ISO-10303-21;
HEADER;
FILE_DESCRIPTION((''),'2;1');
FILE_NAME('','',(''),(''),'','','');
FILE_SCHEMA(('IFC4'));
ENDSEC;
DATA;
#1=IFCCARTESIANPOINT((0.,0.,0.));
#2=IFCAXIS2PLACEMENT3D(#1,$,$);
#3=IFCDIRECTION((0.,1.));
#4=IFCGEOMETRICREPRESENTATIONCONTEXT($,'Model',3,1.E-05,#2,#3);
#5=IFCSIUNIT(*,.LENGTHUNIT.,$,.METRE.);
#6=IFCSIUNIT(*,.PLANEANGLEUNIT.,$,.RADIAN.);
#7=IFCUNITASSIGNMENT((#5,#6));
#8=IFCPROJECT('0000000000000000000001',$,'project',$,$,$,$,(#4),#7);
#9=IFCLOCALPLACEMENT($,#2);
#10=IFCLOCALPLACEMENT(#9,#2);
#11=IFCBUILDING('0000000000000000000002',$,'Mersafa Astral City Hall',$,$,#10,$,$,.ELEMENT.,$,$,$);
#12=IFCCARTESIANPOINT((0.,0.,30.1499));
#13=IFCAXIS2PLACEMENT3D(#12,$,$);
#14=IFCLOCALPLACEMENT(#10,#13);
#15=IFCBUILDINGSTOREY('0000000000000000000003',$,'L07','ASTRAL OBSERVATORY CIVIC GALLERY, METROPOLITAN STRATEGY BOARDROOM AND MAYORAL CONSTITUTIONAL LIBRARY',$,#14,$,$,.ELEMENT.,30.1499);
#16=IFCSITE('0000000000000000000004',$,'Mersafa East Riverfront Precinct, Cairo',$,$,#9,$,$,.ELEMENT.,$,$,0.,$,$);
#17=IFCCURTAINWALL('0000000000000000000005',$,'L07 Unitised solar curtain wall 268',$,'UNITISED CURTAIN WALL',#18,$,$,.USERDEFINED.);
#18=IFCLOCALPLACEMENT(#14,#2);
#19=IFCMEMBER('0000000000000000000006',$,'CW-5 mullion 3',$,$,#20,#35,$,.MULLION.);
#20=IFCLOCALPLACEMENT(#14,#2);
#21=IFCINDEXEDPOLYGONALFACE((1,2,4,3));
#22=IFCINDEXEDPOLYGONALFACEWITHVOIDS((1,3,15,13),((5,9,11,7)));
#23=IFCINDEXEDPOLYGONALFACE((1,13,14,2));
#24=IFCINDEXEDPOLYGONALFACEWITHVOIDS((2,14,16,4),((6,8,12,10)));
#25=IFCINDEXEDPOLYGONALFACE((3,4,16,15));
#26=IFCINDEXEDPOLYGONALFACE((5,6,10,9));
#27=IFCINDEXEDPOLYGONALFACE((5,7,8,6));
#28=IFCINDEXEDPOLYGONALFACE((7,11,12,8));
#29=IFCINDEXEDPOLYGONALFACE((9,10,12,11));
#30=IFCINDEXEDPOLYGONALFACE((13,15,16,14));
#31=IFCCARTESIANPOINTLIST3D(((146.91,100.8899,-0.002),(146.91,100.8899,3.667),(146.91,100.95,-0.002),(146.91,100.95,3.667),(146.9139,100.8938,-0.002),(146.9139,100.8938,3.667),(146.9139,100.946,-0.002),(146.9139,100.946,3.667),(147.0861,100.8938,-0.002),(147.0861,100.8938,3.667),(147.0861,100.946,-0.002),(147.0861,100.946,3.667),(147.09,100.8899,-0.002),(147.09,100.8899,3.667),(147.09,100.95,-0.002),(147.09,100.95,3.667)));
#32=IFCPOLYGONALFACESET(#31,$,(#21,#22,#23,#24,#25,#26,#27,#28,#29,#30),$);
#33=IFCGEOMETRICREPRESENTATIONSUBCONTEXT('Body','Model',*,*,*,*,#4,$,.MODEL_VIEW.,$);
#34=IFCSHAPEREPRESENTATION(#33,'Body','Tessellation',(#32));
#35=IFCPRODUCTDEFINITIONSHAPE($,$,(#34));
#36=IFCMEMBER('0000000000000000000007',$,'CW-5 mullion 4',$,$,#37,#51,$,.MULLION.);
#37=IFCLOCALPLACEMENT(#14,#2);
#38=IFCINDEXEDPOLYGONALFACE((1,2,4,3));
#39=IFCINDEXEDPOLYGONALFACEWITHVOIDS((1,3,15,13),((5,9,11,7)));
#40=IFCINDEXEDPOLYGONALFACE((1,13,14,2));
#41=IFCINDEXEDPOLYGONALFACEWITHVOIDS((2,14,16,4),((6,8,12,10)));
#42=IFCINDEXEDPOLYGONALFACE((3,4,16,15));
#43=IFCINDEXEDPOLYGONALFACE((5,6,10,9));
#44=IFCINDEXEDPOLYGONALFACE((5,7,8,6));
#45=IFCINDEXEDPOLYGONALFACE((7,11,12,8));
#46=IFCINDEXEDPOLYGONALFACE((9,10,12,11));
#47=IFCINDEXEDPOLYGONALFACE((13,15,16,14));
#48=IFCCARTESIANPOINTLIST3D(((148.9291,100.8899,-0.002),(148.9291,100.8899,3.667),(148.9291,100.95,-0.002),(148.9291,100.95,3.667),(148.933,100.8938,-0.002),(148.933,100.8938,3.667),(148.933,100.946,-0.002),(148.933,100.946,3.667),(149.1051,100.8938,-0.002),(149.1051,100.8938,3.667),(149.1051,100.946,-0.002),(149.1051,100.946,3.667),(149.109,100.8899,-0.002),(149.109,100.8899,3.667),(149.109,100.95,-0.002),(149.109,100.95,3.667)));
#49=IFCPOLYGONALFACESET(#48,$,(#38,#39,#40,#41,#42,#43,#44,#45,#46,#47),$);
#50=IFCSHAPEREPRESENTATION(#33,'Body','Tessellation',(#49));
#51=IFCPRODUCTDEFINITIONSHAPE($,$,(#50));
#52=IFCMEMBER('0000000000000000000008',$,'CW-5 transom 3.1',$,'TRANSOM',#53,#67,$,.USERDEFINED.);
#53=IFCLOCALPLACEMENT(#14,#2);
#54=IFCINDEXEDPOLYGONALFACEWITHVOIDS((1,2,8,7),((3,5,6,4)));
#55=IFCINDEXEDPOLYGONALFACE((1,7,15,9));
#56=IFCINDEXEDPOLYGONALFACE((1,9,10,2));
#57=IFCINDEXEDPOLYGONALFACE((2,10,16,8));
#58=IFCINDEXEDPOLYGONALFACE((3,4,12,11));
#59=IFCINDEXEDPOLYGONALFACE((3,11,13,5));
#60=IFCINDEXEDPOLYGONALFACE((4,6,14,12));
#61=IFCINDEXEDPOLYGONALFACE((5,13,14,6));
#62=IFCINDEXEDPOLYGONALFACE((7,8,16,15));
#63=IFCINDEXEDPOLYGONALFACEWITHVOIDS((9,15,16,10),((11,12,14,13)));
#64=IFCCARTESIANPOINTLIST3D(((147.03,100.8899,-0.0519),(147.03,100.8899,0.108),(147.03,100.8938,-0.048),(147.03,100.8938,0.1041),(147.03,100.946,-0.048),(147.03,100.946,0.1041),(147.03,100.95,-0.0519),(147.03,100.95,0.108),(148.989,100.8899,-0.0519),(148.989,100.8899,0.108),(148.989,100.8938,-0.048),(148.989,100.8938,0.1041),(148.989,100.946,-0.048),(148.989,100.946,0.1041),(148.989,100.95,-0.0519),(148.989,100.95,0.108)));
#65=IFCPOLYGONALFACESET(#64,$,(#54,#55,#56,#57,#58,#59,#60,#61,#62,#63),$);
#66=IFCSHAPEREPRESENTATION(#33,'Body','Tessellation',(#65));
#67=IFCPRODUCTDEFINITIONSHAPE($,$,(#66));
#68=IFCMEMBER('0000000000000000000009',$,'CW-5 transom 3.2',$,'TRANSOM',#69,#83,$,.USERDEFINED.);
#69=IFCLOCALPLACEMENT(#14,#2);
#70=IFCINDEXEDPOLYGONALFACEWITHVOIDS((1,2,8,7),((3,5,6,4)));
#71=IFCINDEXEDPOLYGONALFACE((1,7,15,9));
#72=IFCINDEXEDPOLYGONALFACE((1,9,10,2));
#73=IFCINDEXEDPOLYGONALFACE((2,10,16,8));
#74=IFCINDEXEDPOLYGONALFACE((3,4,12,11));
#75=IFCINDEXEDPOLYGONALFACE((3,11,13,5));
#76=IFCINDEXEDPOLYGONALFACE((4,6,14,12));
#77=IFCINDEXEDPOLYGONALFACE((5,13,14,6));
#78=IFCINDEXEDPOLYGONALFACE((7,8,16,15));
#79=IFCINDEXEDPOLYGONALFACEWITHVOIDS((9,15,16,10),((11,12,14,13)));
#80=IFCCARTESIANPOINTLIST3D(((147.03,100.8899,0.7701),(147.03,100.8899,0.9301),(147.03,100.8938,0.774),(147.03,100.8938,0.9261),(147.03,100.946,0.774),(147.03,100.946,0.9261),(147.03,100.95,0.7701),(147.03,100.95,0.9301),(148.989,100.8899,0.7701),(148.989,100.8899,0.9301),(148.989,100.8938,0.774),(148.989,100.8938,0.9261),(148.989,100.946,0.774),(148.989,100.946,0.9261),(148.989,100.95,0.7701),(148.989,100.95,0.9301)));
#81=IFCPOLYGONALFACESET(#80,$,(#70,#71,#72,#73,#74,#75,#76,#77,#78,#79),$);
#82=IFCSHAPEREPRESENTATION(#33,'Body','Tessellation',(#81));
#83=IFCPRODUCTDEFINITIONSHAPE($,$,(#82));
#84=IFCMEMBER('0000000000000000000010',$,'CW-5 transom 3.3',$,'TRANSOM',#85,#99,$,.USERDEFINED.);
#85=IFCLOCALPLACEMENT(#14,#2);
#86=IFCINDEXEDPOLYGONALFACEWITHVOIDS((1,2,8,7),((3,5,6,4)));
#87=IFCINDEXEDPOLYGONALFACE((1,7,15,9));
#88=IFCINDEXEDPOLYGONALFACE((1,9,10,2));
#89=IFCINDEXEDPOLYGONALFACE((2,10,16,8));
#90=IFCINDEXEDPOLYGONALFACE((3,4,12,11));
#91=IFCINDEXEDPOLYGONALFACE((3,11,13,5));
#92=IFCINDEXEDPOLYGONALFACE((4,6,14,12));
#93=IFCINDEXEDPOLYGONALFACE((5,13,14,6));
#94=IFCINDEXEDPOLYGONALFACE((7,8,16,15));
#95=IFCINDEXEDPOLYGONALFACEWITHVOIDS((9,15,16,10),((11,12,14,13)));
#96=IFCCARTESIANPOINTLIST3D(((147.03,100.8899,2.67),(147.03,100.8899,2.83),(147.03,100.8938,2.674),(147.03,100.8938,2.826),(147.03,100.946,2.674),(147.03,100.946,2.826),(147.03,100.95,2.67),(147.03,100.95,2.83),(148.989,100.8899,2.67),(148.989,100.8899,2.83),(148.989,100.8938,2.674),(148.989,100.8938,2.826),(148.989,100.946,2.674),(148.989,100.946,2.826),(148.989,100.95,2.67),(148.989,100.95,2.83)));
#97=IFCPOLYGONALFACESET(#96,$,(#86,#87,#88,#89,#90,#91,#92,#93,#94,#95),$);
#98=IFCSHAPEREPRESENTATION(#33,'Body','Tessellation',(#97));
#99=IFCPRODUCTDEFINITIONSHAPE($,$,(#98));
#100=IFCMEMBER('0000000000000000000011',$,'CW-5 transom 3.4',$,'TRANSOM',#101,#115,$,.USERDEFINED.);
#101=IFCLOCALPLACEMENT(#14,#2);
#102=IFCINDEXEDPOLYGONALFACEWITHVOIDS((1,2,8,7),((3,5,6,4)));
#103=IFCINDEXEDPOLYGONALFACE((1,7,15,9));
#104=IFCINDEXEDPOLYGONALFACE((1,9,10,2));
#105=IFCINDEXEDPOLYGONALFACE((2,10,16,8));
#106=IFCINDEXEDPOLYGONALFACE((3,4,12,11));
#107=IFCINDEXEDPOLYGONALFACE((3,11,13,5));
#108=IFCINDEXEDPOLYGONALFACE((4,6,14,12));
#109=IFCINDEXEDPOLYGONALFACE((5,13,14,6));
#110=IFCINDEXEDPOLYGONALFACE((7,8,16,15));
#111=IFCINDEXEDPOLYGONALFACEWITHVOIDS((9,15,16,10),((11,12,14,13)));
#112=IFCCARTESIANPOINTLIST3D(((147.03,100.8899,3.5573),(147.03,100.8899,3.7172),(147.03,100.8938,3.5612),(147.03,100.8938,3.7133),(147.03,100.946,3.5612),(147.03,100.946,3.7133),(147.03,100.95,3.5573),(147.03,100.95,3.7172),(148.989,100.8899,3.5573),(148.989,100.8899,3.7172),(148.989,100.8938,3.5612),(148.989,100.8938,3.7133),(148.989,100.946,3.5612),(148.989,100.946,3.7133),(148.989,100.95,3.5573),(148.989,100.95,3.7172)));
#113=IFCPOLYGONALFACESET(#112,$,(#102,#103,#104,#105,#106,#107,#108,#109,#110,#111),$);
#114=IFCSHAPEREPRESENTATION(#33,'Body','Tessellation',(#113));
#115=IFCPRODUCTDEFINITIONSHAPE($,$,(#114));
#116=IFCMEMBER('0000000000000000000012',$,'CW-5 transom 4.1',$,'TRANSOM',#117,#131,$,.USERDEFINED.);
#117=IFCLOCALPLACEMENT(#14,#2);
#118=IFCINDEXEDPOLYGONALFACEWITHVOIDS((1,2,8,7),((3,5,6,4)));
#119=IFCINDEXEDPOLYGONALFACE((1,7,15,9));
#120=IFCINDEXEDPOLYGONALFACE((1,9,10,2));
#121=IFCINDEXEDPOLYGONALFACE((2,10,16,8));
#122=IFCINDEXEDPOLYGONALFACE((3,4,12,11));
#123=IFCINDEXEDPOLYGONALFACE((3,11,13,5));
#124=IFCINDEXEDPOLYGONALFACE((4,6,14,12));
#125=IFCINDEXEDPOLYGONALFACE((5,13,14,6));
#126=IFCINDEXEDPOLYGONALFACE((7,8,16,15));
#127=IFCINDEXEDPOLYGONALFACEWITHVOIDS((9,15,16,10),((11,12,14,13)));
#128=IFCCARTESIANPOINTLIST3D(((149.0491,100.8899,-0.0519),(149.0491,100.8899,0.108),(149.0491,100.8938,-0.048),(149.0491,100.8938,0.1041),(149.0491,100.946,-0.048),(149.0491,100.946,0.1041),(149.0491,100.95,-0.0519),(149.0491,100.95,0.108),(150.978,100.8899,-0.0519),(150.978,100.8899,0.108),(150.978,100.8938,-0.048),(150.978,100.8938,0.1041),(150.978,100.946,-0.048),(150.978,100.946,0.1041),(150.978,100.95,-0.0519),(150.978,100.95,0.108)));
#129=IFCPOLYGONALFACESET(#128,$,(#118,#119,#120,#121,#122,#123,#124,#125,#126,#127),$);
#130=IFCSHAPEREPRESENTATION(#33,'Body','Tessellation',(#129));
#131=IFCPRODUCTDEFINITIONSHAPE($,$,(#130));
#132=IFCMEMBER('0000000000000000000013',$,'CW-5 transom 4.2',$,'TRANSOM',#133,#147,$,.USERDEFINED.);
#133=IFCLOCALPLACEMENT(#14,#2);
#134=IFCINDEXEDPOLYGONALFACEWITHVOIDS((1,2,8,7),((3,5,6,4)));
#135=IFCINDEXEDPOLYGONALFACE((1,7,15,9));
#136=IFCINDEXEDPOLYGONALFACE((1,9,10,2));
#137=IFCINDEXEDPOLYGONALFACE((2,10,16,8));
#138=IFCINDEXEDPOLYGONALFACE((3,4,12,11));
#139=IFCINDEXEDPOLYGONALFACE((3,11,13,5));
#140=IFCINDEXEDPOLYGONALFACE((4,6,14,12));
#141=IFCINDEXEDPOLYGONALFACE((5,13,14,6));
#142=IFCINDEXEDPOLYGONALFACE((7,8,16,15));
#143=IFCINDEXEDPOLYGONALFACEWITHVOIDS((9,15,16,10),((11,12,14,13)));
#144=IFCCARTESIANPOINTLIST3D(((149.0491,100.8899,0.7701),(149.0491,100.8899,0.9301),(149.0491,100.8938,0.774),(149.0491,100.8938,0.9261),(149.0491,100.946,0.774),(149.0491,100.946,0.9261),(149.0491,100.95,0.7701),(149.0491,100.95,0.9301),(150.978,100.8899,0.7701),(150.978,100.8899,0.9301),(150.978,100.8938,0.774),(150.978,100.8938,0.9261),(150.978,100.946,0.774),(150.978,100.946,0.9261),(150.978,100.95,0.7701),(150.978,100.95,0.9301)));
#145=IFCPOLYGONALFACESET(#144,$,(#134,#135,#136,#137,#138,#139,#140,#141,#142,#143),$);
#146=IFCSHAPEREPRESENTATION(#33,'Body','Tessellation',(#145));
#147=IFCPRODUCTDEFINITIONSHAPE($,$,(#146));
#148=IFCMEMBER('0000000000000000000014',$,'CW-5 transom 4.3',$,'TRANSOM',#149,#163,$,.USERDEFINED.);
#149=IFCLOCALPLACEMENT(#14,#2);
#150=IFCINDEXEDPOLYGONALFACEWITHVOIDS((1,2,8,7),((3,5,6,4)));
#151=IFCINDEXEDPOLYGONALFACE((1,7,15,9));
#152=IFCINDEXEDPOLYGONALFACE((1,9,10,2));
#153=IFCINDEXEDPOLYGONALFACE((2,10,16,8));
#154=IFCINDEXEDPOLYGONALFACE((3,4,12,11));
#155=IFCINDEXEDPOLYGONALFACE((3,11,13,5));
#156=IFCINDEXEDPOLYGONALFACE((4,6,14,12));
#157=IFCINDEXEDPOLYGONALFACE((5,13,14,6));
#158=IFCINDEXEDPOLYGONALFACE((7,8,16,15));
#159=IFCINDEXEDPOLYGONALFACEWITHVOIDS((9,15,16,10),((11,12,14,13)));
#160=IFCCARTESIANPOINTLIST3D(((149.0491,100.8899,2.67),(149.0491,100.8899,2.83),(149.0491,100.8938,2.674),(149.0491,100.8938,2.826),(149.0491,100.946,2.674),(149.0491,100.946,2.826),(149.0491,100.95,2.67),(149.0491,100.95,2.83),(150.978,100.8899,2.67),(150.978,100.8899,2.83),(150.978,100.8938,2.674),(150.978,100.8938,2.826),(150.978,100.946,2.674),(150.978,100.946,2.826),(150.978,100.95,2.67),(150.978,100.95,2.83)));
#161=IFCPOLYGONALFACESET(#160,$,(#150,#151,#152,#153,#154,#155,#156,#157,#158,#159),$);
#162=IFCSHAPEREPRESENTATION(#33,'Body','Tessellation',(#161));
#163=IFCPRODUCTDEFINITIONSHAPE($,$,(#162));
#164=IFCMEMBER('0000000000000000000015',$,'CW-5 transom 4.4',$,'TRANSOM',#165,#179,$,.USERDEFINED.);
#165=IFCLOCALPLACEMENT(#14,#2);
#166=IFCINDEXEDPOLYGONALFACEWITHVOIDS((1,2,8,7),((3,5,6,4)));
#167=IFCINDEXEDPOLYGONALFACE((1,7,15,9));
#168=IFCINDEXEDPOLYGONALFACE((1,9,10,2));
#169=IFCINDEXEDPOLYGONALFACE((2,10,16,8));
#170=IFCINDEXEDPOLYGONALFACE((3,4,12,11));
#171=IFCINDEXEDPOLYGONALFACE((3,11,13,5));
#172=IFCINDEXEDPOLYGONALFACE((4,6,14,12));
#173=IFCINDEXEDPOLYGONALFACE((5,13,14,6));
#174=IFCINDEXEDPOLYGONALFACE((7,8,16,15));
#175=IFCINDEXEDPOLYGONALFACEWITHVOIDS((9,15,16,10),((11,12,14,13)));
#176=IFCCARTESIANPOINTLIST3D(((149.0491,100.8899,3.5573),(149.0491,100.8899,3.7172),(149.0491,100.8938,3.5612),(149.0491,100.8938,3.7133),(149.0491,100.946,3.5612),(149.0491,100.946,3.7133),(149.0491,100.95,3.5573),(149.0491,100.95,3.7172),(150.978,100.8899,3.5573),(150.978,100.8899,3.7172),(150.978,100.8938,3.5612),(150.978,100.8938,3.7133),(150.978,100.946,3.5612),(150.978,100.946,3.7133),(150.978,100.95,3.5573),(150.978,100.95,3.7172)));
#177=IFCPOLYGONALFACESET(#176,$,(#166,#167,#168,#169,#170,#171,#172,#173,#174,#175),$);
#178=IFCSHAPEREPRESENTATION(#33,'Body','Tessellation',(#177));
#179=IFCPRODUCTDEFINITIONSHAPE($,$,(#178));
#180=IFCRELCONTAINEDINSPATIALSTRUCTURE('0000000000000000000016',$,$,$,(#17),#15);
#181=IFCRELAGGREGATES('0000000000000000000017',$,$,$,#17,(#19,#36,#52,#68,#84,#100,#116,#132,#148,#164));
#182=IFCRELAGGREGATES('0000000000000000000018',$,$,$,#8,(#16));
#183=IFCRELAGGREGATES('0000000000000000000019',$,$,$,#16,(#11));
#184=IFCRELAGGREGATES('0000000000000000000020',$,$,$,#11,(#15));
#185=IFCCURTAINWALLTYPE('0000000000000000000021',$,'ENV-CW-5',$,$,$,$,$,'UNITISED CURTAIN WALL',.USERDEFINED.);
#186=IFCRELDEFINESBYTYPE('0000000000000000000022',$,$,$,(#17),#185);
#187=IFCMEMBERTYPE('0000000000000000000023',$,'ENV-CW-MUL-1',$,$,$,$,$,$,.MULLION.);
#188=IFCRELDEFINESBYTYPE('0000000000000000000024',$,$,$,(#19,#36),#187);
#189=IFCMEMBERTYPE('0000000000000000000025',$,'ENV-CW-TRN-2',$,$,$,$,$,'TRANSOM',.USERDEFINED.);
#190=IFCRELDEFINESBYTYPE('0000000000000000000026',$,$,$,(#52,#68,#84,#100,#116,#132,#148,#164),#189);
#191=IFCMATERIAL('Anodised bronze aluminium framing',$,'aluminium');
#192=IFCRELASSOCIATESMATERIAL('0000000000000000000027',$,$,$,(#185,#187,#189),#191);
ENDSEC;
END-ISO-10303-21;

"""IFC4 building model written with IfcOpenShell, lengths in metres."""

from ifc_helpers import new_model, si_unit, direction, frame, origin, origin_2d, place, context, subcontext, project, spatial, hollow_rectangle, extrude, material, material_profile, profile_set, type_object, element, aggregate, save


model = new_model("IFC4")

# Units and contexts
model_context = context("Model", 3, precision=1e-05, world=origin(), true_north=direction((0.0, 1.0)))
body_context = subcontext(model_context, "Body", "Model", "MODEL_VIEW")
ifc_project = project(units=[si_unit("LENGTHUNIT", "METRE"), si_unit("PLANEANGLEUNIT", "RADIAN")], contexts=[model_context])

# Site, building, storey
site_placement = place(None, origin())
site = spatial("IfcSite", under=ifc_project, at=site_placement, Name="Mersafa East Riverfront Precinct, Cairo", CompositionType="ELEMENT", RefElevation=0.0)
building_placement = place(site_placement, origin())
building = spatial("IfcBuilding", under=site, at=building_placement, Name="Mersafa Astral City Hall", CompositionType="ELEMENT")
storey_placement = place(building_placement, frame((0.0, 0.0, 30.1499)))
storey = spatial("IfcBuildingStorey", under=building, at=storey_placement, Name="L07", Description="ASTRAL OBSERVATORY CIVIC GALLERY, METROPOLITAN STRATEGY BOARDROOM AND MAYORAL CONSTITUTIONAL LIBRARY", CompositionType="ELEMENT", Elevation=30.1499)

# Curtain wall, members
ifc_material_1 = material(Name="Anodised bronze aluminium framing", Category="aluminium")
curtain_wall_type = type_object("IfcCurtainWallType", Name="ENV-CW-5", ElementType="UNITISED CURTAIN WALL", PredefinedType="USERDEFINED", material=ifc_material_1)
curtain_wall_placement = place(storey_placement, origin())
curtain_wall = element("IfcCurtainWall", 1, at=curtain_wall_placement, inside=storey, type_object=curtain_wall_type, Name="L07 Unitised solar curtain wall 268", ObjectType="UNITISED CURTAIN WALL", PredefinedType="USERDEFINED")
ifc_material_profile_1 = material_profile(ifc_material_1, hollow_rectangle(XDim=0.0601, YDim=0.1799, WallThickness=0.0039, at=origin_2d()), Name="RHS 60x180x4")
ifc_profile_set_1 = profile_set([ifc_material_profile_1], Name="Anodised bronze aluminium framing")
member_type_1 = type_object("IfcMemberType", Name="ENV-CW-MUL-1", PredefinedType="MULLION", material=ifc_profile_set_1)
member_1_placement = place(storey_placement, frame((147.0, 100.9199, -0.002), z_axis=(0.0, 0.0, 1.0), x_axis=(0.0, 1.0, 0.0)))
member_1 = element("IfcMember", 2, at=member_1_placement, type_object=member_type_1, Name="CW-5 mullion 3", PredefinedType="MULLION", context=body_context, shape_type="SweptSolid", body=[
    extrude(hollow_rectangle(XDim=0.0601, YDim=0.1799, WallThickness=0.0039, at=origin_2d()), origin(), (0.0, 0.0, 1.0), 3.6689),
])
member_2_placement = place(storey_placement, frame((149.019, 100.9199, -0.002), z_axis=(0.0, 0.0, 1.0), x_axis=(0.0, 1.0, 0.0)))
member_2 = element("IfcMember", 3, at=member_2_placement, type_object=member_type_1, Name="CW-5 mullion 4", PredefinedType="MULLION", context=body_context, shape_type="SweptSolid", body=[
    extrude(hollow_rectangle(XDim=0.0601, YDim=0.1799, WallThickness=0.0039, at=origin_2d()), origin(), (0.0, 0.0, 1.0), 3.6689),
])
ifc_material_profile_2 = material_profile(ifc_material_1, hollow_rectangle(XDim=0.0601, YDim=0.1599, WallThickness=0.0039, at=origin_2d()), Name="RHS 60x160x4")
ifc_profile_set_2 = profile_set([ifc_material_profile_2], Name="Anodised bronze aluminium framing")
member_type_2 = type_object("IfcMemberType", Name="ENV-CW-TRN-2", ElementType="TRANSOM", PredefinedType="USERDEFINED", material=ifc_profile_set_2)
member_3_placement = place(storey_placement, frame((147.03, 100.9199, 0.0281), z_axis=(1.0, 0.0, 0.0), x_axis=(0.0, 1.0, 0.0)))
member_3 = element("IfcMember", 4, at=member_3_placement, type_object=member_type_2, Name="CW-5 transom 3.1", ObjectType="TRANSOM", PredefinedType="USERDEFINED", context=body_context, shape_type="SweptSolid", body=[
    extrude(hollow_rectangle(XDim=0.0601, YDim=0.1599, WallThickness=0.0039, at=origin_2d()), origin(), (0.0, 0.0, 1.0), 1.959),
])
member_4_placement = place(storey_placement, frame((147.03, 100.9199, 0.8501), z_axis=(1.0, 0.0, 0.0), x_axis=(0.0, 1.0, 0.0)))
member_4 = element("IfcMember", 5, at=member_4_placement, type_object=member_type_2, Name="CW-5 transom 3.2", ObjectType="TRANSOM", PredefinedType="USERDEFINED", context=body_context, shape_type="SweptSolid", body=[
    extrude(hollow_rectangle(XDim=0.0601, YDim=0.1599, WallThickness=0.0039, at=origin_2d()), origin(), (0.0, 0.0, 1.0), 1.959),
])
member_5_placement = place(storey_placement, frame((147.03, 100.9199, 2.75), z_axis=(1.0, 0.0, 0.0), x_axis=(0.0, 1.0, 0.0)))
member_5 = element("IfcMember", 6, at=member_5_placement, type_object=member_type_2, Name="CW-5 transom 3.3", ObjectType="TRANSOM", PredefinedType="USERDEFINED", context=body_context, shape_type="SweptSolid", body=[
    extrude(hollow_rectangle(XDim=0.0601, YDim=0.1599, WallThickness=0.0039, at=origin_2d()), origin(), (0.0, 0.0, 1.0), 1.959),
])
member_6_placement = place(storey_placement, frame((147.03, 100.9199, 3.6372), z_axis=(1.0, 0.0, 0.0), x_axis=(0.0, 1.0, 0.0)))
member_6 = element("IfcMember", 7, at=member_6_placement, type_object=member_type_2, Name="CW-5 transom 3.4", ObjectType="TRANSOM", PredefinedType="USERDEFINED", context=body_context, shape_type="SweptSolid", body=[
    extrude(hollow_rectangle(XDim=0.0601, YDim=0.1599, WallThickness=0.0039, at=origin_2d()), origin(), (0.0, 0.0, 1.0), 1.959),
])
member_7_placement = place(storey_placement, frame((149.0491, 100.9199, 0.0281), z_axis=(1.0, 0.0, 0.0), x_axis=(0.0, 1.0, 0.0)))
member_7 = element("IfcMember", 8, at=member_7_placement, type_object=member_type_2, Name="CW-5 transom 4.1", ObjectType="TRANSOM", PredefinedType="USERDEFINED", context=body_context, shape_type="SweptSolid", body=[
    extrude(hollow_rectangle(XDim=0.0601, YDim=0.1599, WallThickness=0.0039, at=origin_2d()), origin(), (0.0, 0.0, 1.0), 1.929),
])
member_8_placement = place(storey_placement, frame((149.0491, 100.9199, 0.8501), z_axis=(1.0, 0.0, 0.0), x_axis=(0.0, 1.0, 0.0)))
member_8 = element("IfcMember", 9, at=member_8_placement, type_object=member_type_2, Name="CW-5 transom 4.2", ObjectType="TRANSOM", PredefinedType="USERDEFINED", context=body_context, shape_type="SweptSolid", body=[
    extrude(hollow_rectangle(XDim=0.0601, YDim=0.1599, WallThickness=0.0039, at=origin_2d()), origin(), (0.0, 0.0, 1.0), 1.929),
])
member_9_placement = place(storey_placement, frame((149.0491, 100.9199, 2.75), z_axis=(1.0, 0.0, 0.0), x_axis=(0.0, 1.0, 0.0)))
member_9 = element("IfcMember", 10, at=member_9_placement, type_object=member_type_2, Name="CW-5 transom 4.3", ObjectType="TRANSOM", PredefinedType="USERDEFINED", context=body_context, shape_type="SweptSolid", body=[
    extrude(hollow_rectangle(XDim=0.0601, YDim=0.1599, WallThickness=0.0039, at=origin_2d()), origin(), (0.0, 0.0, 1.0), 1.929),
])
member_10_placement = place(storey_placement, frame((149.0491, 100.9199, 3.6372), z_axis=(1.0, 0.0, 0.0), x_axis=(0.0, 1.0, 0.0)))
member_10 = element("IfcMember", 11, at=member_10_placement, type_object=member_type_2, Name="CW-5 transom 4.4", ObjectType="TRANSOM", PredefinedType="USERDEFINED", context=body_context, shape_type="SweptSolid", body=[
    extrude(hollow_rectangle(XDim=0.0601, YDim=0.1599, WallThickness=0.0039, at=origin_2d()), origin(), (0.0, 0.0, 1.0), 1.929),
])

aggregate(curtain_wall, [member_1, member_2, member_3, member_4, member_5, member_6, member_7, member_8, member_9, member_10])

save(model, "model.ifc")
